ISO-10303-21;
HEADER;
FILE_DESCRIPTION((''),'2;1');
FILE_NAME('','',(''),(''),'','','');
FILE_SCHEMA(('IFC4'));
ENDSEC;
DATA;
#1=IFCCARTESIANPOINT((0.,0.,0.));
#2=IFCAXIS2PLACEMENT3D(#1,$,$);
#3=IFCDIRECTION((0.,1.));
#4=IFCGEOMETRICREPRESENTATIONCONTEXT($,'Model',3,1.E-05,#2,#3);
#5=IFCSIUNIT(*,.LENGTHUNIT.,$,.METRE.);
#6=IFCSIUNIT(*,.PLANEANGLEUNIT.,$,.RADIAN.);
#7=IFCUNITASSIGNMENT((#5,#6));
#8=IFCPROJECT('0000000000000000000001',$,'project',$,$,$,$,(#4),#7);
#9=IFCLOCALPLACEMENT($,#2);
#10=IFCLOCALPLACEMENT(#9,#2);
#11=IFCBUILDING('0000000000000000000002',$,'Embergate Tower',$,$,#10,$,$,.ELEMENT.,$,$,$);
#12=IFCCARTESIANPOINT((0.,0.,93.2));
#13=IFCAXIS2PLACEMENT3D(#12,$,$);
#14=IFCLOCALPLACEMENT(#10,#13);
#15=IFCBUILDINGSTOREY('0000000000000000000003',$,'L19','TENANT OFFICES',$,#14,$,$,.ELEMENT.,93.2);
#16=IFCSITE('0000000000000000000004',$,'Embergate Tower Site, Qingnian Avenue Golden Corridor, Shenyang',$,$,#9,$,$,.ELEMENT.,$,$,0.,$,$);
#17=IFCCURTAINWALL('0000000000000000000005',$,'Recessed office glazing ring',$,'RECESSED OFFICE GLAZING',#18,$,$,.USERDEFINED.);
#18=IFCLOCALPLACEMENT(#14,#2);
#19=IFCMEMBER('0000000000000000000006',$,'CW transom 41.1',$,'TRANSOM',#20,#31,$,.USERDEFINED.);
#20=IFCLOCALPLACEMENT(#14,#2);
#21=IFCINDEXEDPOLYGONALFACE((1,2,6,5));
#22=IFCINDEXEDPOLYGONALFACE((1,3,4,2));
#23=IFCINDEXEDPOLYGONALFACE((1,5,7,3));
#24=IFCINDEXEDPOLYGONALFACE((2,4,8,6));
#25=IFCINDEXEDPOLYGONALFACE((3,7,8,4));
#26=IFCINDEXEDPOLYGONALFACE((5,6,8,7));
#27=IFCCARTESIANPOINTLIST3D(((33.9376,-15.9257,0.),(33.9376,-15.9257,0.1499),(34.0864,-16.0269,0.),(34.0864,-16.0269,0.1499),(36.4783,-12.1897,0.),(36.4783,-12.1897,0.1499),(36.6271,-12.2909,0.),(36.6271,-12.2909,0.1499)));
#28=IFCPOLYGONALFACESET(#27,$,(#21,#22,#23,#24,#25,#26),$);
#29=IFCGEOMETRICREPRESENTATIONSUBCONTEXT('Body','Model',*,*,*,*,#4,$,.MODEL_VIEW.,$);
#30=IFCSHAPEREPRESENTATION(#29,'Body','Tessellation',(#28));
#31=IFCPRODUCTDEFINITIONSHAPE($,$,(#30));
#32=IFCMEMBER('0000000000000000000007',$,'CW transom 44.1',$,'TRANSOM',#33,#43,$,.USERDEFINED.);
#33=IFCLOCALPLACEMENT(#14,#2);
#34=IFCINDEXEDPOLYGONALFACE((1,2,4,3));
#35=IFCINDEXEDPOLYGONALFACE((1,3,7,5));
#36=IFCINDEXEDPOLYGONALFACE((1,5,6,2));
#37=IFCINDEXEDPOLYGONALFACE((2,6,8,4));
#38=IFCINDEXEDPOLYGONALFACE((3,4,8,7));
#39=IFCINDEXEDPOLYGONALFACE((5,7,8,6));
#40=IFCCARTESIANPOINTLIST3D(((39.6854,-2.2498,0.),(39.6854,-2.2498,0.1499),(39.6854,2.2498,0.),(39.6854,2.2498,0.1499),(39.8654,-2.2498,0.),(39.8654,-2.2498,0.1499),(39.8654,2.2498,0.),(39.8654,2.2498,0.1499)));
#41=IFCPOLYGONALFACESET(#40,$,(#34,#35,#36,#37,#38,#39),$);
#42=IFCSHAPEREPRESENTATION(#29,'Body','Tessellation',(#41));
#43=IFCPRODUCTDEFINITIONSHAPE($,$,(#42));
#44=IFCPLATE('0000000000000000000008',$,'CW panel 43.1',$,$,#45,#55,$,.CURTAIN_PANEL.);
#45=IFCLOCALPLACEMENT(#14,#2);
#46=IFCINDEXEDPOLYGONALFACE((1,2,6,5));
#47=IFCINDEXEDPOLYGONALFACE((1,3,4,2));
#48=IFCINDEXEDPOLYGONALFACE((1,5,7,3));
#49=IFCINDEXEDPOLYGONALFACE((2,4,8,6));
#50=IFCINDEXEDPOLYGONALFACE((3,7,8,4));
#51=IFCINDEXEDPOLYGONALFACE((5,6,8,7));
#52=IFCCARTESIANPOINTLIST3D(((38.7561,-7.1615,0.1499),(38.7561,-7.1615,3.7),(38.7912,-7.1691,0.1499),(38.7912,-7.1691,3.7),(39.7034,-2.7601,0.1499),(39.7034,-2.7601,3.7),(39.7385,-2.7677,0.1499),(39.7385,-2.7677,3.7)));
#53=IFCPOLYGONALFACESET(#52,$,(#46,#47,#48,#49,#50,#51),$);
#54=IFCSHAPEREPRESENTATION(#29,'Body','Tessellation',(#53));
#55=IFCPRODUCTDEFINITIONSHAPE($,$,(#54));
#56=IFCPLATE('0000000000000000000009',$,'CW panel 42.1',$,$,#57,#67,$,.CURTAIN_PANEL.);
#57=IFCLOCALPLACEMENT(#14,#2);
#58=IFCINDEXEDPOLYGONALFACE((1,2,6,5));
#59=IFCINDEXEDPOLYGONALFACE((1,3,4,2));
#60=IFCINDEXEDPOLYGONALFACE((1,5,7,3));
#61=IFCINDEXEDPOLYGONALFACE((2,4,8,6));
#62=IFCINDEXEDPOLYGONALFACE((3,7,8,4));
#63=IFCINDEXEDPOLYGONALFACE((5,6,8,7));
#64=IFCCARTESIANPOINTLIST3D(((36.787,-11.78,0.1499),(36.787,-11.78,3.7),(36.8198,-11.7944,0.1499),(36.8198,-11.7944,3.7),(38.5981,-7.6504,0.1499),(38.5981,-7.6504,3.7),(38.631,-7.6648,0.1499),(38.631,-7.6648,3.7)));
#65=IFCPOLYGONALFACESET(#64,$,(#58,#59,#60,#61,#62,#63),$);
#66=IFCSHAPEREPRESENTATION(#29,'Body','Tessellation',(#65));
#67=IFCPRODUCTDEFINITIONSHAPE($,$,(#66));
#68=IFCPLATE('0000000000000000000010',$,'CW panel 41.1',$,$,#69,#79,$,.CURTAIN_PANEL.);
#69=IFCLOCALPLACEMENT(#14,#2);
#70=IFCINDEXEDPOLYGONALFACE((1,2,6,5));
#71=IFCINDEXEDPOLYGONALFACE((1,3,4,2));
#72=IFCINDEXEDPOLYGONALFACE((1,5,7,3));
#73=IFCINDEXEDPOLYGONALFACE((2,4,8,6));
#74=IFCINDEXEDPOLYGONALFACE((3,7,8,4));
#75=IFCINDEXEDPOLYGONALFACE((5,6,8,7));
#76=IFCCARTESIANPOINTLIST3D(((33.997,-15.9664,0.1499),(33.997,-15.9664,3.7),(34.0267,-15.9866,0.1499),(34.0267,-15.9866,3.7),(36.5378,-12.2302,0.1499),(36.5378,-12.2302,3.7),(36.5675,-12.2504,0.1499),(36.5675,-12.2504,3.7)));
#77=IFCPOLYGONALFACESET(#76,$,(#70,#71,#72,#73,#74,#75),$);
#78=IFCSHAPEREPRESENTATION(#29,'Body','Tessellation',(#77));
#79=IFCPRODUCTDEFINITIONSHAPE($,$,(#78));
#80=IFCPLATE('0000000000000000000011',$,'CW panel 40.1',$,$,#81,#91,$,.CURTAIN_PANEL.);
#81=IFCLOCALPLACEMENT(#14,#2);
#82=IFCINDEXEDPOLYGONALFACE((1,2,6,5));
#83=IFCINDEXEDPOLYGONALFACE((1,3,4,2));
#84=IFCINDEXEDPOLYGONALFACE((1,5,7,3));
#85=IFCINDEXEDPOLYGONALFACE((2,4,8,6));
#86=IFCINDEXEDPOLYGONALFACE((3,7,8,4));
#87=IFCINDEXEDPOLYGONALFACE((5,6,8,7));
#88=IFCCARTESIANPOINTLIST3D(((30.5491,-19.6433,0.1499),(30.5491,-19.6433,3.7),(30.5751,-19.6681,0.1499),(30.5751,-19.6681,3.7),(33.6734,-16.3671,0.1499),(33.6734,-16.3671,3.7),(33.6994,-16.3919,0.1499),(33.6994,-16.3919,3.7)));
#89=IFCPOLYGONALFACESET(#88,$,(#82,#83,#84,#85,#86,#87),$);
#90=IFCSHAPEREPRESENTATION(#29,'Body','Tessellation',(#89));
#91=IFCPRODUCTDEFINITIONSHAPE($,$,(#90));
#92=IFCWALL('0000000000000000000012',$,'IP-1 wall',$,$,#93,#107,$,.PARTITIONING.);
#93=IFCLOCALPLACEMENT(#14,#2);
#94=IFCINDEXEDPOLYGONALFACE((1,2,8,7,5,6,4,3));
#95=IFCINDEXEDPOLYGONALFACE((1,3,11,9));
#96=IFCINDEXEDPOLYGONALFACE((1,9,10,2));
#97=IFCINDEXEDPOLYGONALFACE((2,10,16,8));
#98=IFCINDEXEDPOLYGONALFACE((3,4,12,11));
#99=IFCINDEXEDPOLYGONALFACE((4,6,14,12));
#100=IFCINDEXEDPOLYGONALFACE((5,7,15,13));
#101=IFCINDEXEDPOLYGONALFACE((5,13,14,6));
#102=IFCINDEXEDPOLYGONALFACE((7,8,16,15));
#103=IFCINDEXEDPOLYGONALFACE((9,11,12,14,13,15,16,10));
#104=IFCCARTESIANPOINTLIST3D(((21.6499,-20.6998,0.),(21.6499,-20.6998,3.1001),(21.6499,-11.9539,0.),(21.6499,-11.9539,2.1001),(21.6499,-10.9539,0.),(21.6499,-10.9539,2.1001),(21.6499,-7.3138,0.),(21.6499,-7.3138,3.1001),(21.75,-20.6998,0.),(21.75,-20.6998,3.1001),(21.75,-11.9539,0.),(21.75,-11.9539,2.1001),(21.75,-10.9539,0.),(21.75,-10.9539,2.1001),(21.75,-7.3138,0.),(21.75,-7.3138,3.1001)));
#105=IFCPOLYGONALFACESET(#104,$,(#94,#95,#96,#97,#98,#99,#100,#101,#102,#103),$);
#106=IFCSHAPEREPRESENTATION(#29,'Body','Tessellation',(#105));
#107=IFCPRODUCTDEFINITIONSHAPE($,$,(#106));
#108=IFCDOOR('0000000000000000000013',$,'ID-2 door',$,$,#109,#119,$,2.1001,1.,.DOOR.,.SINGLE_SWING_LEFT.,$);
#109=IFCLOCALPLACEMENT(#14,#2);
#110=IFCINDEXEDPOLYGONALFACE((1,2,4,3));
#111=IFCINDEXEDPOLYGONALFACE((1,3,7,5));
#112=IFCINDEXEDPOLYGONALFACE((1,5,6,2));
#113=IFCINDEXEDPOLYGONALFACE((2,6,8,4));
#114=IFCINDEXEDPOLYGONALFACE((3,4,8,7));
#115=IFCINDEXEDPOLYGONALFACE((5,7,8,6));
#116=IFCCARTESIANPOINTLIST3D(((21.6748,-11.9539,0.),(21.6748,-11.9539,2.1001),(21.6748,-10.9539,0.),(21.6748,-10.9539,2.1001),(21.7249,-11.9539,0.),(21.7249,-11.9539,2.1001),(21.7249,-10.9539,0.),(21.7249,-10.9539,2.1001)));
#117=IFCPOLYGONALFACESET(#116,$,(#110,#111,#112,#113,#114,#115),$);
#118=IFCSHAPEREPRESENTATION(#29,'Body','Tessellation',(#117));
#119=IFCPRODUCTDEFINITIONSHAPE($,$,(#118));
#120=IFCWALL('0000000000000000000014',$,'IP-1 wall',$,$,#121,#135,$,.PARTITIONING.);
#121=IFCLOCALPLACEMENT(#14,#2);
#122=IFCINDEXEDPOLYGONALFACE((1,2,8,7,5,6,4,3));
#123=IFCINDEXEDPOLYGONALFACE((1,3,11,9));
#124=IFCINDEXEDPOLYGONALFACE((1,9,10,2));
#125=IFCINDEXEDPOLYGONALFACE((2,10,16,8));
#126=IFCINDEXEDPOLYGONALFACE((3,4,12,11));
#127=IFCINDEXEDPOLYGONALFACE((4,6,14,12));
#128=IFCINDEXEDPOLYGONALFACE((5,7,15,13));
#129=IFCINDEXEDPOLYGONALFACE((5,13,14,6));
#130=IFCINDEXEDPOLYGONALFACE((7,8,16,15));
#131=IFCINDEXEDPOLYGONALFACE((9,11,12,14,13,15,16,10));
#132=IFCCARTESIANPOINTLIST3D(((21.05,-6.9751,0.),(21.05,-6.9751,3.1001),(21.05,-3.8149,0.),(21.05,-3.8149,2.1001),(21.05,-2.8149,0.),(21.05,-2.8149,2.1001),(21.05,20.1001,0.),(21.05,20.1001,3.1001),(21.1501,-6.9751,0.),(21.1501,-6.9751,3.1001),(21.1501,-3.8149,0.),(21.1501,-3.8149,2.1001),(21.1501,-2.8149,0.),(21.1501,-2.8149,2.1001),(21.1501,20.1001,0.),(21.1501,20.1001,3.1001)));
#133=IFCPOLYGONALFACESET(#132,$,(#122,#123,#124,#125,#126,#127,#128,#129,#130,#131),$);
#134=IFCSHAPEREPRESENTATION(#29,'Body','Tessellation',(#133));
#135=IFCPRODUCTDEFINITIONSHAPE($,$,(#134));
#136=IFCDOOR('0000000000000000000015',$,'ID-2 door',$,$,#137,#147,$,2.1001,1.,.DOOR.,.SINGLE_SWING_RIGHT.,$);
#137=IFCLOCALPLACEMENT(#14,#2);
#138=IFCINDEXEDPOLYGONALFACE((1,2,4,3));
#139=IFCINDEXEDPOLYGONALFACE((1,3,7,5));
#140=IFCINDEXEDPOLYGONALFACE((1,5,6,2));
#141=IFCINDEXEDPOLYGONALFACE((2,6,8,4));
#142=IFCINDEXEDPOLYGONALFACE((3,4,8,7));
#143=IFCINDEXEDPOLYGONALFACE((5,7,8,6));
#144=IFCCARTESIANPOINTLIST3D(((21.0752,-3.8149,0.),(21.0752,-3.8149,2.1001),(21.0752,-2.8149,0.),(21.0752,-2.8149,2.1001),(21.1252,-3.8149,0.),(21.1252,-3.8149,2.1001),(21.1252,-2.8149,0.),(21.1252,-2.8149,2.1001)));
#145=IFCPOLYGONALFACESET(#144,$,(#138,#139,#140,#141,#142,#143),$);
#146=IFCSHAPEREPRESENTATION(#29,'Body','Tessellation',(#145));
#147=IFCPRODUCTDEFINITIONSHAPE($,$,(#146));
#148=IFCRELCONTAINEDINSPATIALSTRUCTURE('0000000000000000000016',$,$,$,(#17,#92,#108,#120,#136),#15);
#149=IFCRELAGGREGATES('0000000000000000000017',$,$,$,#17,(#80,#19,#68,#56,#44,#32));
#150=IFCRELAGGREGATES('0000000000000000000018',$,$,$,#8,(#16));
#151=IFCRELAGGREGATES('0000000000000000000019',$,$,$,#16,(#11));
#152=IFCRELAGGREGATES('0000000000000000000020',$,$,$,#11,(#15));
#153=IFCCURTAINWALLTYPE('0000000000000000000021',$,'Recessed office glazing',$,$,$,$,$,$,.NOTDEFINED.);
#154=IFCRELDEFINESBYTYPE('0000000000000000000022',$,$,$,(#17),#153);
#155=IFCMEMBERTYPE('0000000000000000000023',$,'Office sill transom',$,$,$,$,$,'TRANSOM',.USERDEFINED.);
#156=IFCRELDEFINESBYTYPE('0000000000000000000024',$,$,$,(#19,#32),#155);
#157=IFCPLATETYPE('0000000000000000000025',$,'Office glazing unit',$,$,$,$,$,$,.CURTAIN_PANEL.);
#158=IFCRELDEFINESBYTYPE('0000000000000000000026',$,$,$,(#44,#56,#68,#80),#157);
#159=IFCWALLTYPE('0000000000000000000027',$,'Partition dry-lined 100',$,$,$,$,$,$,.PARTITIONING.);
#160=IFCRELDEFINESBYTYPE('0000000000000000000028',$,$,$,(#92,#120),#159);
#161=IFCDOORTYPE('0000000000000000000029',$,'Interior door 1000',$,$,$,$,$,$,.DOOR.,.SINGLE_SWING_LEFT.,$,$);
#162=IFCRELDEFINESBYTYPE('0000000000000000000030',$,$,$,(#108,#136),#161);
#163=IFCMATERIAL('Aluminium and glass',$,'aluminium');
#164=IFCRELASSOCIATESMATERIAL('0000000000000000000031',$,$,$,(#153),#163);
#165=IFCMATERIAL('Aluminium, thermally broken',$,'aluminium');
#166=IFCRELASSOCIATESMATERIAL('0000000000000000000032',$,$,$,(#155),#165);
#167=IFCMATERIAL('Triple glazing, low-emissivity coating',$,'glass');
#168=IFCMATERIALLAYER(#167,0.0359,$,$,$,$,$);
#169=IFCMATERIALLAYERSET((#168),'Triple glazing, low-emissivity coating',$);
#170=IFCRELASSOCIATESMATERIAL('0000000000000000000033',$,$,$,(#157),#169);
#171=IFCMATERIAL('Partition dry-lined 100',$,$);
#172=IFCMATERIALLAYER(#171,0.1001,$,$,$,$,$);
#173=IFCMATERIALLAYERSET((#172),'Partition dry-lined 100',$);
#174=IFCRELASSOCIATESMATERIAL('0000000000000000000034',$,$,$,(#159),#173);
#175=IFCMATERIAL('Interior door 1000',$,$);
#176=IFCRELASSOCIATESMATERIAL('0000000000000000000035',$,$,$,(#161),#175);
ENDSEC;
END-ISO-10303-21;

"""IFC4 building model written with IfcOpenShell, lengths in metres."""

from ifc_helpers import new_model, si_unit, direction, frame, frame_2d, origin, origin_2d, place, context, subcontext, project, spatial, rectangle, extrude, source, transform, mapped, material, layer, layer_set, material_profile, profile_set, type_object, element, fill, aggregate, save


model = new_model("IFC4")

# Units and contexts
model_context = context("Model", 3, precision=1e-05, world=origin(), true_north=direction((0.0, 1.0)))
body_context = subcontext(model_context, "Body", "Model", "MODEL_VIEW")
ifc_project = project(units=[si_unit("LENGTHUNIT", "METRE"), si_unit("PLANEANGLEUNIT", "RADIAN")], contexts=[model_context])

# Site, building, storey
site_placement = place(None, origin())
site = spatial("IfcSite", under=ifc_project, at=site_placement, Name="Embergate Tower Site, Qingnian Avenue Golden Corridor, Shenyang", CompositionType="ELEMENT", RefElevation=0.0)
building_placement = place(site_placement, origin())
building = spatial("IfcBuilding", under=site, at=building_placement, Name="Embergate Tower", CompositionType="ELEMENT")
storey_placement = place(building_placement, frame((0.0, 0.0, 93.2)))
storey = spatial("IfcBuildingStorey", under=building, at=storey_placement, Name="L19", Description="TENANT OFFICES", CompositionType="ELEMENT", Elevation=93.2)

# Curtain wall, members, plates
ifc_material_1 = material(Name="Aluminium and glass", Category="aluminium")
curtain_wall_type = type_object("IfcCurtainWallType", Name="Recessed office glazing", PredefinedType="NOTDEFINED", material=ifc_material_1)
curtain_wall_placement = place(storey_placement, origin())
curtain_wall = element("IfcCurtainWall", 1, at=curtain_wall_placement, inside=storey, type_object=curtain_wall_type, Name="Recessed office glazing ring", ObjectType="RECESSED OFFICE GLAZING", PredefinedType="USERDEFINED")
ifc_material_2 = material(Name="Aluminium, thermally broken", Category="aluminium")
ifc_material_profile_1 = material_profile(ifc_material_2, rectangle(XDim=0.1799, YDim=0.1499, at=origin_2d()), Name="AL 150x180")
ifc_profile_set_1 = profile_set([ifc_material_profile_1], Name="Aluminium, thermally broken")
member_type_1 = type_object("IfcMemberType", Name="Office sill transom", ElementType="TRANSOM", PredefinedType="USERDEFINED", material=ifc_profile_set_1)
shared_shape_1 = source(origin(), body_context, "Body", "SweptSolid", [
    extrude(rectangle(XDim=0.1799, YDim=0.1499, at=origin_2d()), origin(), (0.0, 0.0, 1.0), 4.5181),
])
member_1_placement = place(storey_placement, frame((34.012, -15.9763, 0.075), z_axis=(0.562345, 0.826902, 0.0), x_axis=(-0.826902, 0.562345, 0.0)))
member_1 = element("IfcMember", 2, at=member_1_placement, type_object=member_type_1, Name="CW transom 41.1", ObjectType="TRANSOM", PredefinedType="USERDEFINED", context=body_context, shape_type="MappedRepresentation", body=[
    mapped(shared_shape_1, transform((0.0, 0.0, 0.0))),
])
shared_shape_2 = source(origin(), body_context, "Body", "SweptSolid", [
    extrude(rectangle(XDim=0.1799, YDim=0.1499, at=origin_2d()), origin(), (0.0, 0.0, 1.0), 4.4995),
])
member_2_placement = place(storey_placement, frame((39.7754, -2.2498, 0.075), z_axis=(0.0, 1.0, 0.0), x_axis=(-1.0, 0.0, 0.0)))
member_2 = element("IfcMember", 3, at=member_2_placement, type_object=member_type_1, Name="CW transom 44.1", ObjectType="TRANSOM", PredefinedType="USERDEFINED", context=body_context, shape_type="MappedRepresentation", body=[
    mapped(shared_shape_2, transform((0.0, 0.0, 0.0))),
])
ifc_material_3 = material(Name="Triple glazing, low-emissivity coating", Category="glass")
ifc_layer_1 = layer(ifc_material_3, 0.0359)
ifc_layer_set_1 = layer_set([ifc_layer_1], Name="Triple glazing, low-emissivity coating")
plate_type = type_object("IfcPlateType", Name="Office glazing unit", PredefinedType="CURTAIN_PANEL", material=ifc_layer_set_1)
shared_shape_3 = source(origin(), body_context, "Body", "SweptSolid", [
    extrude(rectangle(XDim=4.5022, YDim=0.0359, at=origin_2d()), origin(), (0.0, 0.0, 1.0), 3.55),
])
plate_1_placement = place(storey_placement, frame((39.2473, -4.9646, 0.1499), z_axis=(0.0, 0.0, 1.0), x_axis=(0.210397, 0.977616, 0.0)))
plate_1 = element("IfcPlate", 4, at=plate_1_placement, type_object=plate_type, Name="CW panel 43.1", PredefinedType="CURTAIN_PANEL", context=body_context, shape_type="MappedRepresentation", body=[
    mapped(shared_shape_3, transform((0.0, 0.0, 0.0))),
])
shared_shape_4 = source(origin(), body_context, "Body", "SweptSolid", [
    extrude(rectangle(XDim=4.5093, YDim=0.0359, at=origin_2d()), origin(), (0.0, 0.0, 1.0), 3.55),
])
plate_2_placement = place(storey_placement, frame((37.709, -9.7224, 0.1499), z_axis=(0.0, 0.0, 1.0), x_axis=(0.401651, 0.915793, 0.0)))
plate_2 = element("IfcPlate", 5, at=plate_2_placement, type_object=plate_type, Name="CW panel 42.1", PredefinedType="CURTAIN_PANEL", context=body_context, shape_type="MappedRepresentation", body=[
    mapped(shared_shape_4, transform((0.0, 0.0, 0.0))),
])
shared_shape_5 = source(origin(), body_context, "Body", "SweptSolid", [
    extrude(rectangle(XDim=4.5183, YDim=0.0359, at=origin_2d()), origin(), (0.0, 0.0, 1.0), 3.55),
])
plate_3_placement = place(storey_placement, frame((35.2822, -14.1084, 0.1499), z_axis=(0.0, 0.0, 1.0), x_axis=(0.56234, 0.826906, 0.0)))
plate_3 = element("IfcPlate", 6, at=plate_3_placement, type_object=plate_type, Name="CW panel 41.1", PredefinedType="CURTAIN_PANEL", context=body_context, shape_type="MappedRepresentation", body=[
    mapped(shared_shape_5, transform((0.0, 0.0, 0.0))),
])
shared_shape_6 = source(origin(), body_context, "Body", "SweptSolid", [
    extrude(rectangle(XDim=4.5271, YDim=0.0359, at=origin_2d()), origin(), (0.0, 0.0, 1.0), 3.55),
])
plate_4_placement = place(storey_placement, frame((32.1243, -18.0176, 0.1499), z_axis=(0.0, 0.0, 1.0), x_axis=(0.690133, 0.723683, 0.0)))
plate_4 = element("IfcPlate", 7, at=plate_4_placement, type_object=plate_type, Name="CW panel 40.1", PredefinedType="CURTAIN_PANEL", context=body_context, shape_type="MappedRepresentation", body=[
    mapped(shared_shape_6, transform((0.0, 0.0, 0.0))),
])
aggregate(curtain_wall, [plate_4, member_1, plate_3, plate_2, plate_1, member_2])

# Walls, openings, doors
ifc_material_4 = material(Name="Partition dry-lined 100")
ifc_layer_2 = layer(ifc_material_4, 0.1001)
ifc_layer_set_2 = layer_set([ifc_layer_2], Name="Partition dry-lined 100")
wall_type = type_object("IfcWallType", Name="Partition dry-lined 100", PredefinedType="PARTITIONING", material=ifc_layer_set_2)
shared_shape_7 = source(origin(), body_context, "Body", "SweptSolid", [
    extrude(rectangle(XDim=13.386, YDim=0.1001, at=frame_2d((6.6929, 0.0))), origin(), (0.0, 0.0, 1.0), 3.1001),
])
wall_1_placement = place(storey_placement, frame((21.7, -7.314, 0.0), z_axis=(0.0, 0.0, 1.0), x_axis=(0.0, -1.0, 0.0)))
wall_1 = element("IfcWall", 8, at=wall_1_placement, inside=storey, type_object=wall_type, Name="IP-1 wall", PredefinedType="PARTITIONING", context=body_context, shape_type="MappedRepresentation", body=[
    mapped(shared_shape_7, transform((0.0, 0.0, 0.0))),
])
shared_shape_8 = source(origin(), body_context, "Body", "SweptSolid", [
    extrude(rectangle(XDim=1.0, YDim=2.1001, at=frame_2d((0.5, 1.05))), frame((0.0, 0.0601, 0.0), z_axis=(0.0, -1.0, 0.0), x_axis=(1.0, 0.0, 0.0)), (0.0, 0.0, 1.0), 0.1201),
])
opening_1_placement = place(wall_1_placement, frame((3.6399, 0.0, 0.0)))
opening_1 = element("IfcOpeningElement", 9, at=opening_1_placement, cuts=wall_1, PredefinedType="OPENING", context=body_context, shape_type="MappedRepresentation", body=[
    mapped(shared_shape_8, transform((0.0, 0.0, 0.0))),
])
ifc_material_5 = material(Name="Interior door 1000")
door_type = type_object("IfcDoorType", Name="Interior door 1000", OperationType="SINGLE_SWING_LEFT", PredefinedType="DOOR", material=ifc_material_5)
shared_shape_9 = source(origin(), body_context, "Body", "SweptSolid", [
    extrude(rectangle(XDim=1.0, YDim=2.1001, at=frame_2d((0.5, 1.05))), frame((0.0, 0.0249, 0.0), z_axis=(0.0, -1.0, 0.0), x_axis=(1.0, 0.0, 0.0)), (0.0, 0.0, 1.0), 0.05),
])
door_1_placement = place(opening_1_placement, origin())
door_1 = element("IfcDoor", 10, at=door_1_placement, inside=storey, type_object=door_type, Name="ID-2 door", OperationType="SINGLE_SWING_LEFT", OverallHeight=2.1001, OverallWidth=1.0, PredefinedType="DOOR", context=body_context, shape_type="MappedRepresentation", body=[
    mapped(shared_shape_9, transform((0.0, 0.0, 0.0))),
])
fill(opening_1, door_1)
shared_shape_10 = source(origin(), body_context, "Body", "SweptSolid", [
    extrude(rectangle(XDim=27.0752, YDim=0.1001, at=frame_2d((13.5376, 0.0))), origin(), (0.0, 0.0, 1.0), 3.1001),
])
wall_2_placement = place(storey_placement, frame((21.1001, -6.9751, 0.0), z_axis=(0.0, 0.0, 1.0), x_axis=(0.0, 1.0, 0.0)))
wall_2 = element("IfcWall", 11, at=wall_2_placement, inside=storey, type_object=wall_type, Name="IP-1 wall", PredefinedType="PARTITIONING", context=body_context, shape_type="MappedRepresentation", body=[
    mapped(shared_shape_10, transform((0.0, 0.0, 0.0))),
])
opening_2_placement = place(wall_2_placement, frame((3.1602, 0.0, 0.0)))
opening_2 = element("IfcOpeningElement", 12, at=opening_2_placement, cuts=wall_2, PredefinedType="OPENING", context=body_context, shape_type="MappedRepresentation", body=[
    mapped(shared_shape_8, transform((0.0, 0.0, 0.0))),
])
door_2_placement = place(opening_2_placement, origin())
door_2 = element("IfcDoor", 13, at=door_2_placement, inside=storey, type_object=door_type, Name="ID-2 door", OperationType="SINGLE_SWING_RIGHT", OverallHeight=2.1001, OverallWidth=1.0, PredefinedType="DOOR", context=body_context, shape_type="MappedRepresentation", body=[
    mapped(shared_shape_9, transform((0.0, 0.0, 0.0))),
])
fill(opening_2, door_2)

save(model, "model.ifc")
